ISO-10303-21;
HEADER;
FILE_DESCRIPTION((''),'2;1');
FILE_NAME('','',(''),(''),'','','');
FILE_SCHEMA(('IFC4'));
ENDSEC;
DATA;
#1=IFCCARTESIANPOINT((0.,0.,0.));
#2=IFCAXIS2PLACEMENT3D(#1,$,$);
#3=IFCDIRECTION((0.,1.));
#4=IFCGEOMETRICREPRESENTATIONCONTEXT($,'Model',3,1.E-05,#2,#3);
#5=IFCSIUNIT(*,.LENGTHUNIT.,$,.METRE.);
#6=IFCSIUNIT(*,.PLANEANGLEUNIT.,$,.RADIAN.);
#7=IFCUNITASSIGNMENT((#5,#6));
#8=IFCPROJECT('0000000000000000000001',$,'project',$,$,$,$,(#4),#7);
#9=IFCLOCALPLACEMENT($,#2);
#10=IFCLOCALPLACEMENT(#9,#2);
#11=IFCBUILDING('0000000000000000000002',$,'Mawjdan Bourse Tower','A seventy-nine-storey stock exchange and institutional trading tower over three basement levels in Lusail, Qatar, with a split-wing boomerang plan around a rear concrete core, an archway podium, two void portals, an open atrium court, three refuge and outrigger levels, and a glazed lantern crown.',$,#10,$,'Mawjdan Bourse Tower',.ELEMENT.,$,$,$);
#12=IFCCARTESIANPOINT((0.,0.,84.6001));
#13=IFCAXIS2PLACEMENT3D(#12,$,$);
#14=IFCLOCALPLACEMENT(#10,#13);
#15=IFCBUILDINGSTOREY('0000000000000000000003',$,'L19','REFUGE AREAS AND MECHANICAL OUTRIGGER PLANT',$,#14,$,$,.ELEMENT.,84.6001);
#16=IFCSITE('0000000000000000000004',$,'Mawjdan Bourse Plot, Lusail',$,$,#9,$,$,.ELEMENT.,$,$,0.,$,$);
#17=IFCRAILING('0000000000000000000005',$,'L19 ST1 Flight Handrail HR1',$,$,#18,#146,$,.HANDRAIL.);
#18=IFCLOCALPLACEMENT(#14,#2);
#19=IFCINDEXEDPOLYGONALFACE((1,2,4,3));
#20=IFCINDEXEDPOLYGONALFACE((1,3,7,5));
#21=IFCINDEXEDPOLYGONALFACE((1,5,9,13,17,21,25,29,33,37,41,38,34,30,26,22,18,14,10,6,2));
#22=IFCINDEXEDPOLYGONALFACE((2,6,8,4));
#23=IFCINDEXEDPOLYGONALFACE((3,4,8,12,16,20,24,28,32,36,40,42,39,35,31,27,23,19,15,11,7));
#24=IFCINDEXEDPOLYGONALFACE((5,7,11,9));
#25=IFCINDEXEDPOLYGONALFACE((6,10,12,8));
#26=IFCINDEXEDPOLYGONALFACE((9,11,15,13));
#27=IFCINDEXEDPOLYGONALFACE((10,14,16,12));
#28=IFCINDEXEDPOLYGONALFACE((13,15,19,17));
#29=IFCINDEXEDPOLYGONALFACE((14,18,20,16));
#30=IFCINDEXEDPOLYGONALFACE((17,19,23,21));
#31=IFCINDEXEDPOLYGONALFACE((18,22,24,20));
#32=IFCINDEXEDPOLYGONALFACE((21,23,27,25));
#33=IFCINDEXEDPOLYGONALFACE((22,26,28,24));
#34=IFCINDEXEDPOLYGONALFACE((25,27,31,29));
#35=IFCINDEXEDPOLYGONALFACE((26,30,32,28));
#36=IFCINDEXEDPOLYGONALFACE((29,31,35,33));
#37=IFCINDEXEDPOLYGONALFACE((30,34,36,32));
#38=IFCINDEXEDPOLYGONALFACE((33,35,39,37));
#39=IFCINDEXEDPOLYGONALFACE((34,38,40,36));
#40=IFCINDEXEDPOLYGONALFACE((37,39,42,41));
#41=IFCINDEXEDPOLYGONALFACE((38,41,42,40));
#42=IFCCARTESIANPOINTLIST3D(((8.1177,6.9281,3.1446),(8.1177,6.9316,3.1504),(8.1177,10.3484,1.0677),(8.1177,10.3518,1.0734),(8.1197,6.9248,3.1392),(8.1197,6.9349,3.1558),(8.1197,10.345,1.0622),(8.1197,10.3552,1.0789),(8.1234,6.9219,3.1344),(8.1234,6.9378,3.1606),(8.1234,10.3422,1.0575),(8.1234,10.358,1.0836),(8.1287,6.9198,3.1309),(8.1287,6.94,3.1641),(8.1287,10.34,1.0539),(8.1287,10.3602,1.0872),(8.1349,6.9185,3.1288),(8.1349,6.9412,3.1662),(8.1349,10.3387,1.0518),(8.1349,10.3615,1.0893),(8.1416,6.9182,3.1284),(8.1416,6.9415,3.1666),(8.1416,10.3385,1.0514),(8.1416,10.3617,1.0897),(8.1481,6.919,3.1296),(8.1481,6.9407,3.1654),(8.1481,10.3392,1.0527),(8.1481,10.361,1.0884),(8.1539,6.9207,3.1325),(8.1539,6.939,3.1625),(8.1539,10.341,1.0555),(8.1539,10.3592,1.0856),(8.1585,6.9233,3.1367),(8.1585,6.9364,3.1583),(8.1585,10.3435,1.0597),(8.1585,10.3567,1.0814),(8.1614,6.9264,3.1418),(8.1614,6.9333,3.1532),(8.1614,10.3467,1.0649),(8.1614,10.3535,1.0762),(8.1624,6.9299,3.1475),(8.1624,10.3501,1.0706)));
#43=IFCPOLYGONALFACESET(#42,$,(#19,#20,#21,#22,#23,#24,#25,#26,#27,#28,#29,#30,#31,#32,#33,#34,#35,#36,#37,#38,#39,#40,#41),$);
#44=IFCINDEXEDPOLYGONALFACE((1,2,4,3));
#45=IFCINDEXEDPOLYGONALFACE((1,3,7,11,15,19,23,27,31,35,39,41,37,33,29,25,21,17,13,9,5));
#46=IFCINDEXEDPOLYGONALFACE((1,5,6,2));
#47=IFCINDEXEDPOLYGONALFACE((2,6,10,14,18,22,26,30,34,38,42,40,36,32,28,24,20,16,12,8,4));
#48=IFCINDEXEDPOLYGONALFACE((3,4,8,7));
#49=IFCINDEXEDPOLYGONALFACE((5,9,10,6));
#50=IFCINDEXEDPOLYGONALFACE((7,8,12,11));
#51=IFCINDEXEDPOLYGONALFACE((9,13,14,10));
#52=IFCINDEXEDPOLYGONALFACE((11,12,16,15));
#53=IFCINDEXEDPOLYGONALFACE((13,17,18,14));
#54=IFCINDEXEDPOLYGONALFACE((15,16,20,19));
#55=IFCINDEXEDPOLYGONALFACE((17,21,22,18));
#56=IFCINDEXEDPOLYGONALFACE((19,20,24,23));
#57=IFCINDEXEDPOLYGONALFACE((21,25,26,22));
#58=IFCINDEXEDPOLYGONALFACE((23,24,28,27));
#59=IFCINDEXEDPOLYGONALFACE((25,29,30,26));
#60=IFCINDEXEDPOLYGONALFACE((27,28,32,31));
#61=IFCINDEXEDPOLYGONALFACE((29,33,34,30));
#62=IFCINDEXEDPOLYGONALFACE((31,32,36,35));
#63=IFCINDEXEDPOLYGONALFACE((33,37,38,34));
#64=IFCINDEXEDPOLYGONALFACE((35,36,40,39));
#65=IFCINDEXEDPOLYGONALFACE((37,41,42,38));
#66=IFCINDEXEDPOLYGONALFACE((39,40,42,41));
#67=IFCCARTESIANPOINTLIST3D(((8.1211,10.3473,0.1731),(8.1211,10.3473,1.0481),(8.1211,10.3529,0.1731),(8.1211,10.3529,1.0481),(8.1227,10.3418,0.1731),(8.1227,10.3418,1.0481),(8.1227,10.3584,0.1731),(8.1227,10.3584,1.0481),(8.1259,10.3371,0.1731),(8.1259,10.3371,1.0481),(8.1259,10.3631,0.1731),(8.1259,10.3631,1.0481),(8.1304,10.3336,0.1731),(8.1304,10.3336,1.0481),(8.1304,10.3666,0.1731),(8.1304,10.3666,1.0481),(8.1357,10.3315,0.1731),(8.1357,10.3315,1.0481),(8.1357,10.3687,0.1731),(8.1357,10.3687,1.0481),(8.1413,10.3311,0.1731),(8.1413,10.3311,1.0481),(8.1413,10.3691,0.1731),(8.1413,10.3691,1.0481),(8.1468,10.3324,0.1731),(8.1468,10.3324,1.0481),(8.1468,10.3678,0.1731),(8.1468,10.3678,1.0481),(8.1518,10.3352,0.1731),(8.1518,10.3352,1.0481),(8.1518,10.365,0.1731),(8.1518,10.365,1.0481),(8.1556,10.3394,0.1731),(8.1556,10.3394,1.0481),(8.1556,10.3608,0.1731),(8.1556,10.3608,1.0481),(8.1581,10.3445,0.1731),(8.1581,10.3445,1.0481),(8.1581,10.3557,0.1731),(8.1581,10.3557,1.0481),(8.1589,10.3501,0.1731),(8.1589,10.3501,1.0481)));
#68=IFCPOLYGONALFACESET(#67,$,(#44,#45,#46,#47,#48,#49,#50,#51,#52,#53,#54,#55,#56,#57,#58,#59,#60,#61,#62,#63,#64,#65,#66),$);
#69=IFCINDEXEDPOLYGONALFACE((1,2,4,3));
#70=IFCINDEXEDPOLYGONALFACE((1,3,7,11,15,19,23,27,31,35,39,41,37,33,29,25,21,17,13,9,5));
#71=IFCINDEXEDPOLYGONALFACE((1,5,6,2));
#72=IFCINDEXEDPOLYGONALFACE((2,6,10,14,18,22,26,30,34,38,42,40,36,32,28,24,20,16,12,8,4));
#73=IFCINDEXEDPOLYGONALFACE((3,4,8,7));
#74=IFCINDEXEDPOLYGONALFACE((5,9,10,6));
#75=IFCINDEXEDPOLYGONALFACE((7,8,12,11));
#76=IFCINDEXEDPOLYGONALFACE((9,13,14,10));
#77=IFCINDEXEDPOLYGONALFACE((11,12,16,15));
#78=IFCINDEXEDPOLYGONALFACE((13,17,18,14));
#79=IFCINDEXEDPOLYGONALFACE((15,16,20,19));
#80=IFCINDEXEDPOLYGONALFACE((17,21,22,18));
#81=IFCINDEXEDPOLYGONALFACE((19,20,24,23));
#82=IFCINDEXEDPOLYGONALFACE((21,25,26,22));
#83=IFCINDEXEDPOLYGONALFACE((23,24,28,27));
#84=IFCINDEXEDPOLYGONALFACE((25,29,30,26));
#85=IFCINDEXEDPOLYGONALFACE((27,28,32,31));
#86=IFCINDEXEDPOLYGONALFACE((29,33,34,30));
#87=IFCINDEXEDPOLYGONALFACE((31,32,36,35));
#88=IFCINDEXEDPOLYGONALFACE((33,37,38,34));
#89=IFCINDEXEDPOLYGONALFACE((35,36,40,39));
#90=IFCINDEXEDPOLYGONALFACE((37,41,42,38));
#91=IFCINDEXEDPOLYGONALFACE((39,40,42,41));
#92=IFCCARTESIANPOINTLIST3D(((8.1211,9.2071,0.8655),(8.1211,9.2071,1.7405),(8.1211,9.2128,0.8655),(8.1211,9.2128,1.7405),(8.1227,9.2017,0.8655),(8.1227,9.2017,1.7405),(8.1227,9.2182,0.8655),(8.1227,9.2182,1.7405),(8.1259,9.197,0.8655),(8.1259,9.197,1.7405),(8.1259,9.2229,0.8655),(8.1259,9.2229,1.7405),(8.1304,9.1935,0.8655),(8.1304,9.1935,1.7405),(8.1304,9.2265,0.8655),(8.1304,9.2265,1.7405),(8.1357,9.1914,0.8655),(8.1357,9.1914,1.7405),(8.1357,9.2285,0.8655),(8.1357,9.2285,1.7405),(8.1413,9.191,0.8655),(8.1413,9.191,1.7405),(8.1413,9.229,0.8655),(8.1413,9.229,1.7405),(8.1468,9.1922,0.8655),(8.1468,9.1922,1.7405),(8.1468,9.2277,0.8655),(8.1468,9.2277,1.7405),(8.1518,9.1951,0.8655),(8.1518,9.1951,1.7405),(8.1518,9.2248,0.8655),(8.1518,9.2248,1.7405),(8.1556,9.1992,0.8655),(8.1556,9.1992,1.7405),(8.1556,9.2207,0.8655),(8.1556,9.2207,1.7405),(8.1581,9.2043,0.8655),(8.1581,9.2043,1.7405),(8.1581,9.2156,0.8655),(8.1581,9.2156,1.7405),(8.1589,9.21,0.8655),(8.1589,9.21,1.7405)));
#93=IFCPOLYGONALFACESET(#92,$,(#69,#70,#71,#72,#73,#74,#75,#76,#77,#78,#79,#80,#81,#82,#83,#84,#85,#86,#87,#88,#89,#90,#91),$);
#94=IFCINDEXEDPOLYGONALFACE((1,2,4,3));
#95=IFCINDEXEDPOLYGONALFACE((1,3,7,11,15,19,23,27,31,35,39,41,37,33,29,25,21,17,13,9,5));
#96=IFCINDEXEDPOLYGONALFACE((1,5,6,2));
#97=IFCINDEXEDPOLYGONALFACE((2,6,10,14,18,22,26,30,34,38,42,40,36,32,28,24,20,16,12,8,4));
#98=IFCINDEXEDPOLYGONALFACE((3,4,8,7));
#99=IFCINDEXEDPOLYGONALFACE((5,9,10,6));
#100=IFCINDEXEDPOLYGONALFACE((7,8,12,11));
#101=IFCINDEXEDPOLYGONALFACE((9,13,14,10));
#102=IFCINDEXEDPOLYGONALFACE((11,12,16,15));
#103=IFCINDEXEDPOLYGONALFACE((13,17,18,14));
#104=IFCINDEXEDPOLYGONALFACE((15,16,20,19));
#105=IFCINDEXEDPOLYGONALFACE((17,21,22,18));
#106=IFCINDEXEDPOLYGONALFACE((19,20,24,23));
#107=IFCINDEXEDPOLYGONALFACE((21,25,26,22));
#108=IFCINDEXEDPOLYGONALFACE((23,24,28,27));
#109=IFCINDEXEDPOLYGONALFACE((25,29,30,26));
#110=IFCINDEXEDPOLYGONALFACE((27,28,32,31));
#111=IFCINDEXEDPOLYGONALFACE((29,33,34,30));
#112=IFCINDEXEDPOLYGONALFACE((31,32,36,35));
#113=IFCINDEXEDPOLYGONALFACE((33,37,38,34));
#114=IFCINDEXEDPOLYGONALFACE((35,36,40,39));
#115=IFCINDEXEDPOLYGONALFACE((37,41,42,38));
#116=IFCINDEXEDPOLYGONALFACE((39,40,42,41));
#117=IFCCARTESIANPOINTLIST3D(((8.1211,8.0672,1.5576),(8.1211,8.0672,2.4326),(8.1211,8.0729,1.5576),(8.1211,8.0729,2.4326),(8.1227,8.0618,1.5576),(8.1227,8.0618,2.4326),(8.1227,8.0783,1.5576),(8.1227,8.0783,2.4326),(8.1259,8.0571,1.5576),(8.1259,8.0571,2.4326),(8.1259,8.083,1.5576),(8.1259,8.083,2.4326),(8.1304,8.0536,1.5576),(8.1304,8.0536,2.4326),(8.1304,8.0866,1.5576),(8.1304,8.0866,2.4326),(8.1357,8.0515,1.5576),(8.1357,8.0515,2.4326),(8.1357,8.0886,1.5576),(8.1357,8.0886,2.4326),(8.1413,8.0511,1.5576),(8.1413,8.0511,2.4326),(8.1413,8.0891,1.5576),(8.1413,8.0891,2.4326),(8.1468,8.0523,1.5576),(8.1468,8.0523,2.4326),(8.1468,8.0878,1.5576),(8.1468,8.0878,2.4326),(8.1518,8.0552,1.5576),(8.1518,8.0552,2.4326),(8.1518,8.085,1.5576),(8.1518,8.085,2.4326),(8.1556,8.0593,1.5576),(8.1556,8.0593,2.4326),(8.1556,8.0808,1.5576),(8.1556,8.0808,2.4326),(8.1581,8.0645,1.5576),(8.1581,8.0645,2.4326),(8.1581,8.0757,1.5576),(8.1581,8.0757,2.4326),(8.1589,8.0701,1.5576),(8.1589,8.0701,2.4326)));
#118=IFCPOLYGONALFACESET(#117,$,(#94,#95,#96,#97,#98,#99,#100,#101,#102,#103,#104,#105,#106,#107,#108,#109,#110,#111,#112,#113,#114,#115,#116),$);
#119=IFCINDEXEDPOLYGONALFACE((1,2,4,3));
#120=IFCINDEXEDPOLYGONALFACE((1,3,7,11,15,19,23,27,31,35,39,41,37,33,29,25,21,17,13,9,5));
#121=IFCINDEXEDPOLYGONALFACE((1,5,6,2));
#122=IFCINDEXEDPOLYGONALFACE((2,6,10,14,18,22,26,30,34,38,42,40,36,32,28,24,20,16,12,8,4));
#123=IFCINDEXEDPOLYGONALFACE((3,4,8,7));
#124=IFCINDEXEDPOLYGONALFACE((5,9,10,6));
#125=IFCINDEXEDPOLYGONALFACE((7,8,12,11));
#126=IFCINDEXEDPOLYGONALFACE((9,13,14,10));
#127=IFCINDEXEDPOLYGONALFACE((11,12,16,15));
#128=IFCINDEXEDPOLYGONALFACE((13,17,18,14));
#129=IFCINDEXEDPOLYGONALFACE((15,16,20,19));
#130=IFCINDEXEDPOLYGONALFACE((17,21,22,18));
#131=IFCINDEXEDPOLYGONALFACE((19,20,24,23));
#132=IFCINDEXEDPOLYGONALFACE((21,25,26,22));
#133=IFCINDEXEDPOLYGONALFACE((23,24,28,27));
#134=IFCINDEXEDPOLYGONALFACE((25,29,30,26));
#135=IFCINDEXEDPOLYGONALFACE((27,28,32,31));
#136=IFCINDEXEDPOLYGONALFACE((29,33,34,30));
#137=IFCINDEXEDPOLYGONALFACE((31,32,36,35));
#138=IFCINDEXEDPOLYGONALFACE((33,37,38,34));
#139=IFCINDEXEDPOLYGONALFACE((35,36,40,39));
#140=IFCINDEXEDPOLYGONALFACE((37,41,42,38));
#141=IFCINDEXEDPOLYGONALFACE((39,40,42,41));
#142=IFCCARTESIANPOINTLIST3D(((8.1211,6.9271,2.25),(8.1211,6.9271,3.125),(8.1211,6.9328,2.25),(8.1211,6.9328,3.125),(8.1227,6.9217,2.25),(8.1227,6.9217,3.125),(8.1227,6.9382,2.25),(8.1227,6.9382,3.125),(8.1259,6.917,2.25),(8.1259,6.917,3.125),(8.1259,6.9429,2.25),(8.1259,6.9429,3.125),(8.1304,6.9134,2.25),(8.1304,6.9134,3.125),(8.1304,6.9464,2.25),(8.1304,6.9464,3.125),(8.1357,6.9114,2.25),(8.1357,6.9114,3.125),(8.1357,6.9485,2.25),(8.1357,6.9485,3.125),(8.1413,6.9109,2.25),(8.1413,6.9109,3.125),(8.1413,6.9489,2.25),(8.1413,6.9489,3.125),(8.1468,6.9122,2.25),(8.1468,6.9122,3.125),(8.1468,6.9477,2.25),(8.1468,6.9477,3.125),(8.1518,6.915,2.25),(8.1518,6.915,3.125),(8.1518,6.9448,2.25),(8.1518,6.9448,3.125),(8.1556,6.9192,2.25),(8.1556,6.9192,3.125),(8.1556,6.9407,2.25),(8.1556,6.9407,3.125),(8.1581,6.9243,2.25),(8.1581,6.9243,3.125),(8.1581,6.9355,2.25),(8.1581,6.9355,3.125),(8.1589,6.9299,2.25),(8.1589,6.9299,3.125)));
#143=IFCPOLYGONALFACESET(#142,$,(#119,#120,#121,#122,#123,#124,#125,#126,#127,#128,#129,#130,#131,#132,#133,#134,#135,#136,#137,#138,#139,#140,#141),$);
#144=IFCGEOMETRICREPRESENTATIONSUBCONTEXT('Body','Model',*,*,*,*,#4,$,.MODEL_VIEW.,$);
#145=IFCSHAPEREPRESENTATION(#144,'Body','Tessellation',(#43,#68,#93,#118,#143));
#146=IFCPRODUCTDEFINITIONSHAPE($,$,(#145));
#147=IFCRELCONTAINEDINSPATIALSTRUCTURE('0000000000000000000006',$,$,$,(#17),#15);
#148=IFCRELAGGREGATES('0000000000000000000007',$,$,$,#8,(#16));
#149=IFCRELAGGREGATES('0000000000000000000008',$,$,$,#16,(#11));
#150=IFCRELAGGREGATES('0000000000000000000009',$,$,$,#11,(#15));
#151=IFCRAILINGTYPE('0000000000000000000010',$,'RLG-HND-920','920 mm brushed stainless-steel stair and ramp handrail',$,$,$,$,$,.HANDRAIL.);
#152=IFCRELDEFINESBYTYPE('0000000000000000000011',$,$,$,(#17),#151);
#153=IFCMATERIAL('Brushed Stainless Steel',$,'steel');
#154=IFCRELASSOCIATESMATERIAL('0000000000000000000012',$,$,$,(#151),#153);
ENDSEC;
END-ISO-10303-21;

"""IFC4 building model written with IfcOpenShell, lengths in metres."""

from ifc_helpers import new_model, si_unit, direction, frame, origin, origin_2d, place, context, subcontext, project, spatial, circle, extrude, material, type_object, element, save


model = new_model("IFC4")

# Units and contexts
model_context = context("Model", 3, precision=1e-05, world=origin(), true_north=direction((0.0, 1.0)))
body_context = subcontext(model_context, "Body", "Model", "MODEL_VIEW")
ifc_project = project(units=[si_unit("LENGTHUNIT", "METRE"), si_unit("PLANEANGLEUNIT", "RADIAN")], contexts=[model_context])

# Site, building, storey
site_placement = place(None, origin())
site = spatial("IfcSite", under=ifc_project, at=site_placement, Name="Mawjdan Bourse Plot, Lusail", CompositionType="ELEMENT", RefElevation=0.0)
building_placement = place(site_placement, origin())
building = spatial("IfcBuilding", under=site, at=building_placement, Name="Mawjdan Bourse Tower", Description="A seventy-nine-storey stock exchange and institutional trading tower over three basement levels in Lusail, Qatar, with a split-wing boomerang plan around a rear concrete core, an archway podium, two void portals, an open atrium court, three refuge and outrigger levels, and a glazed lantern crown.", LongName="Mawjdan Bourse Tower", CompositionType="ELEMENT")
storey_placement = place(building_placement, frame((0.0, 0.0, 84.6001)))
storey = spatial("IfcBuildingStorey", under=building, at=storey_placement, Name="L19", Description="REFUGE AREAS AND MECHANICAL OUTRIGGER PLANT", CompositionType="ELEMENT", Elevation=84.6001)

# Railing
ifc_material_1 = material(Name="Brushed Stainless Steel", Category="steel")
railing_type_1 = type_object("IfcRailingType", Name="RLG-HND-920", Description="920 mm brushed stainless-steel stair and ramp handrail", PredefinedType="HANDRAIL", material=ifc_material_1)
railing_1_placement = place(storey_placement, frame((8.1399, 10.3501, 0.1731)))
element("IfcRailing", 1, at=railing_1_placement, inside=storey, type_object=railing_type_1, Name="L19 ST1 Flight Handrail HR1", PredefinedType="HANDRAIL", context=body_context, shape_type="SweptSolid", body=[
    extrude(circle(Radius=0.0225, at=origin_2d()), frame((0.0, 0.0, 0.8975), z_axis=(0.0, -0.854746, 0.519047), x_axis=(1.0, 0.0, 0.0)), (0.0, 0.0, 1.0), 4.0015),
    extrude(circle(Radius=0.019, at=origin_2d()), origin(), (0.0, 0.0, 1.0), 0.875),
    extrude(circle(Radius=0.019, at=origin_2d()), frame((0.0, -1.1401, 0.6924)), (0.0, 0.0, 1.0), 0.875),
    extrude(circle(Radius=0.019, at=origin_2d()), frame((0.0, -2.28, 1.3845)), (0.0, 0.0, 1.0), 0.875),
    extrude(circle(Radius=0.019, at=origin_2d()), frame((0.0, -3.4202, 2.0769)), (0.0, 0.0, 1.0), 0.875),
])

save(model, "model.ifc")
